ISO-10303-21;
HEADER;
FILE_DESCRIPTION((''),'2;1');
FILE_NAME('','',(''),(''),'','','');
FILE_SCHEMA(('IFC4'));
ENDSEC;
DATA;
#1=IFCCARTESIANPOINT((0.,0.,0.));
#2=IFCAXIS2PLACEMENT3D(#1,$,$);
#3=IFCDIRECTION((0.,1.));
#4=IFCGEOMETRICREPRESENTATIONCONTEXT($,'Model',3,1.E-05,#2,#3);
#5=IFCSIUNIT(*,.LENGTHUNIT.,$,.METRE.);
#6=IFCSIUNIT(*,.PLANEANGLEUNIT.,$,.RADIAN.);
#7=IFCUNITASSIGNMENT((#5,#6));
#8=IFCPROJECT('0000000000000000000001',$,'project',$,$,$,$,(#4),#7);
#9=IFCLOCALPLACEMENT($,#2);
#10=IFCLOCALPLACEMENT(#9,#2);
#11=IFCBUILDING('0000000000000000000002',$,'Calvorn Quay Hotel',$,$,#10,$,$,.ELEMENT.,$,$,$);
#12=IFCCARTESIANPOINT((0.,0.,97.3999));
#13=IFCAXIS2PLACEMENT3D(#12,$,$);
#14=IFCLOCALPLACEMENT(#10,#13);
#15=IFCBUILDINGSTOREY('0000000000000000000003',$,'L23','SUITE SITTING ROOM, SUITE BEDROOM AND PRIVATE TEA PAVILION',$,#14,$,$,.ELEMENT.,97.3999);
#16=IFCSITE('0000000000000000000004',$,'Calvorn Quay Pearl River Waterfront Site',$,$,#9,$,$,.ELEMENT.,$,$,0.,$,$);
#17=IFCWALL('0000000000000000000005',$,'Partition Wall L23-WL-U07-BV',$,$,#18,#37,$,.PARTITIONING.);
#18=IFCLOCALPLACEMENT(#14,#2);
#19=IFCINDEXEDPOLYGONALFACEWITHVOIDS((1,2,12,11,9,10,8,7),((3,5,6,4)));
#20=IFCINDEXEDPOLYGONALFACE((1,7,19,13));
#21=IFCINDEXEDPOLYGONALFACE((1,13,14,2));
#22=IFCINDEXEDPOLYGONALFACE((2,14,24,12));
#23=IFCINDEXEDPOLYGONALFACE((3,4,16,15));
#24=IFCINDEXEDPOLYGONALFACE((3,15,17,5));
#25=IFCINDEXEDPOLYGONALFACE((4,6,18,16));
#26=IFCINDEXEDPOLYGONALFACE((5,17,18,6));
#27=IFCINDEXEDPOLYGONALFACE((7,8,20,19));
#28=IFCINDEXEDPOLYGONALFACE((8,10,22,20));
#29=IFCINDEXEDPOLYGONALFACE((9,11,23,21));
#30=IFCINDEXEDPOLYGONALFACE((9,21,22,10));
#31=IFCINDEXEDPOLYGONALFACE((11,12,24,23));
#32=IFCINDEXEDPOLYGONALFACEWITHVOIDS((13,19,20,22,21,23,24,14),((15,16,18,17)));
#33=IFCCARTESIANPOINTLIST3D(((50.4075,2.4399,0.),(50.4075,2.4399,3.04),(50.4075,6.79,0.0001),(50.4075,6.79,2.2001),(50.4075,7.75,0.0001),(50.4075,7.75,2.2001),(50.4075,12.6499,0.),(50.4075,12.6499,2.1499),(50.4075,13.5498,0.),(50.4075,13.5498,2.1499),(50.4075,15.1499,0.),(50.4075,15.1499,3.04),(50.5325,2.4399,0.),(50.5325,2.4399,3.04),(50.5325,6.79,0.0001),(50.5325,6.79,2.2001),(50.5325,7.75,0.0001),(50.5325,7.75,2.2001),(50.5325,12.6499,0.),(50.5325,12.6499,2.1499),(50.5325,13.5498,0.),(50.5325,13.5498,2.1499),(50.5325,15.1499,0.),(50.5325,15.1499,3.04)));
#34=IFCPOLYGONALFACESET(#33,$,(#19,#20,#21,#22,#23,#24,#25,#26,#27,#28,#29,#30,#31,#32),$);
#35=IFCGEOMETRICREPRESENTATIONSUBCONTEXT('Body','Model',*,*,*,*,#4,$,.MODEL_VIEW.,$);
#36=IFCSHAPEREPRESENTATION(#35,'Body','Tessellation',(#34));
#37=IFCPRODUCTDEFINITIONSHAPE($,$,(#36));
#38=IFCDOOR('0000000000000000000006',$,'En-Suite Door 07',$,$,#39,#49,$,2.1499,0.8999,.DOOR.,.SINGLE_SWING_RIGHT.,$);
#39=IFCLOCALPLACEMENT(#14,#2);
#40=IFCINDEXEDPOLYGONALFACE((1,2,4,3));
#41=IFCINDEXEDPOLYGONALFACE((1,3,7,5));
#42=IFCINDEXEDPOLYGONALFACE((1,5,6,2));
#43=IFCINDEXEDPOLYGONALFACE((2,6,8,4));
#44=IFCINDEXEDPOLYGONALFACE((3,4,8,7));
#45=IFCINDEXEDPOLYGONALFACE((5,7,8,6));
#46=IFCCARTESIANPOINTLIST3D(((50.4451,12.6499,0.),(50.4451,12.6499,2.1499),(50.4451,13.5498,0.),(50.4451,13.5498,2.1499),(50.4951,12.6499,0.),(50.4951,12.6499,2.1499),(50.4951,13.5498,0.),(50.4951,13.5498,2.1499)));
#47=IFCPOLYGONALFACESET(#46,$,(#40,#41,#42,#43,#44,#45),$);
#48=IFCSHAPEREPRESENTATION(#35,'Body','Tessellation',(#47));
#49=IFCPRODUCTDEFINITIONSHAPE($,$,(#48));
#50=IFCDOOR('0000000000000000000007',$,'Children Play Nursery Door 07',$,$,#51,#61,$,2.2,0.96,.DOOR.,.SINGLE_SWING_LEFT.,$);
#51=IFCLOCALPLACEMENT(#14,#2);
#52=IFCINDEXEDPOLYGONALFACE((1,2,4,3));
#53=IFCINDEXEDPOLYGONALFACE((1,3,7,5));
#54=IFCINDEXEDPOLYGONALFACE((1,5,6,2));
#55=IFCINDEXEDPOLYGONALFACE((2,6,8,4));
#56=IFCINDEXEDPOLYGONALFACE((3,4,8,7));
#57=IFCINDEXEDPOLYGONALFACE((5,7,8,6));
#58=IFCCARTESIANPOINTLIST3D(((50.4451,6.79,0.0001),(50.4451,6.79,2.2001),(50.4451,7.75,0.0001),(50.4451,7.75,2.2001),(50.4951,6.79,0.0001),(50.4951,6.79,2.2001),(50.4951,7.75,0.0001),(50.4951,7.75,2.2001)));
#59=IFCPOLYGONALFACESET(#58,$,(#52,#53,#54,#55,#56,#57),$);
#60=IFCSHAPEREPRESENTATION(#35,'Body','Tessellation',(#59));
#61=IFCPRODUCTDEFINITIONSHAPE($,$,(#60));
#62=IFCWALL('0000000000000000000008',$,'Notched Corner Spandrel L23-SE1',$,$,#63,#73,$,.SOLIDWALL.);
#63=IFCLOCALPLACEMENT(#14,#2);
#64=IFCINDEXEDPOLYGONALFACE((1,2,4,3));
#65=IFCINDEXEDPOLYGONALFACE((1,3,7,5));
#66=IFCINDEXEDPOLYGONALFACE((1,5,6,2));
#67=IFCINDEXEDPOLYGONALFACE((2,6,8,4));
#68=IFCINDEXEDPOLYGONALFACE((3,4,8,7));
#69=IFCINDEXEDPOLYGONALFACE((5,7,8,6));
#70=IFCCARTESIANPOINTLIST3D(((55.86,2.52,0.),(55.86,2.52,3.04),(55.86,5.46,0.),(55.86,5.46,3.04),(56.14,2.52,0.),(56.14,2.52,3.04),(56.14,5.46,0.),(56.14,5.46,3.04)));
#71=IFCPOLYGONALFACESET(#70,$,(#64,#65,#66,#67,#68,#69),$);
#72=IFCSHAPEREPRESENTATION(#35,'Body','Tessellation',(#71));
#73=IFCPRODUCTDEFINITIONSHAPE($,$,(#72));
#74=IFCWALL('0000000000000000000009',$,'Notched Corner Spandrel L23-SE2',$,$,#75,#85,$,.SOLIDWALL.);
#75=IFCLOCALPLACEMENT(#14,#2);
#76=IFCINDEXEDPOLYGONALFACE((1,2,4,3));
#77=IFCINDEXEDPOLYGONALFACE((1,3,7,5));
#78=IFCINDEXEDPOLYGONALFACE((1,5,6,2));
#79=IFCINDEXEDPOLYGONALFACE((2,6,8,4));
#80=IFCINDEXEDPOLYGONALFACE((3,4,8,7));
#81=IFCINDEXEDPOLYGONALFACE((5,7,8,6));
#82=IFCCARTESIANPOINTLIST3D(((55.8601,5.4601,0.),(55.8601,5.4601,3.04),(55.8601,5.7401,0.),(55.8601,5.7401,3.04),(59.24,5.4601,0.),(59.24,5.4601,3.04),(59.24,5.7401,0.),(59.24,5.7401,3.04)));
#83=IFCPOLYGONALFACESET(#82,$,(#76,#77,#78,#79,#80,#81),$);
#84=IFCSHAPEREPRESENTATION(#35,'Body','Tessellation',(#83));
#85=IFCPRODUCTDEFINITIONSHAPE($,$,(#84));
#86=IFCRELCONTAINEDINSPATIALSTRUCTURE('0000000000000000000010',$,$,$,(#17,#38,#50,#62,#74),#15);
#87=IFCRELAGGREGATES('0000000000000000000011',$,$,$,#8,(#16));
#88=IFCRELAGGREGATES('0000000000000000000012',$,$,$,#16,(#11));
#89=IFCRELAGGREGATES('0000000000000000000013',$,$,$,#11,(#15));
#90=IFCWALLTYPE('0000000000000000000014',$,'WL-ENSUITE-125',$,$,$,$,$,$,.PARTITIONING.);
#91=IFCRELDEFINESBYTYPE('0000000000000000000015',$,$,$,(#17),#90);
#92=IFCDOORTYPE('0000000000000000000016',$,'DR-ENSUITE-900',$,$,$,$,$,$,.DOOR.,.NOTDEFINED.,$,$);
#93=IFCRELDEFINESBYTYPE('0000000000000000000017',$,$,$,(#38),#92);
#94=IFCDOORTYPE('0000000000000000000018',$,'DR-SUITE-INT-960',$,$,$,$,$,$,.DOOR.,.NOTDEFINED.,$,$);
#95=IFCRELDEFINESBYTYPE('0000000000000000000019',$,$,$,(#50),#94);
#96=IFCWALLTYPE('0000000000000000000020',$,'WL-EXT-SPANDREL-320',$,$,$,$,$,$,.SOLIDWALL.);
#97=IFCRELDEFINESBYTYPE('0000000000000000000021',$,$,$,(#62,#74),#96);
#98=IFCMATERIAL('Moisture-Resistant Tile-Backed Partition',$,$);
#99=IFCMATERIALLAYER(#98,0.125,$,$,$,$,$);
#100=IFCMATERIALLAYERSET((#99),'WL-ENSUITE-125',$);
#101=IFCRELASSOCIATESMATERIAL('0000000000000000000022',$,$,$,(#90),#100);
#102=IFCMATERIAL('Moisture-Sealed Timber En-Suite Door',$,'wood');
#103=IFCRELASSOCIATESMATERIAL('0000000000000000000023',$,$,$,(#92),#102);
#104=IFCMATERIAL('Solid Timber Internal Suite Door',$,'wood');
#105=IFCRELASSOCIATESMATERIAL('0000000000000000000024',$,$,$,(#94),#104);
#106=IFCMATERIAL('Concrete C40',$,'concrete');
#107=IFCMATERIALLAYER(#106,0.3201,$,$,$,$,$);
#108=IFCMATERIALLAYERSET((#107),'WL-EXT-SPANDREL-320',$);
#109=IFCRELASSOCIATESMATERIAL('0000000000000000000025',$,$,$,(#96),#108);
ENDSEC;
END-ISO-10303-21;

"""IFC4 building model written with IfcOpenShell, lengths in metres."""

from ifc_helpers import new_model, si_unit, direction, frame, frame_2d, origin, place, context, subcontext, project, spatial, rectangle, extrude, material, layer, layer_set, type_object, element, fill, save


model = new_model("IFC4")

# Units and contexts
model_context = context("Model", 3, precision=1e-05, world=origin(), true_north=direction((0.0, 1.0)))
body_context = subcontext(model_context, "Body", "Model", "MODEL_VIEW")
ifc_project = project(units=[si_unit("LENGTHUNIT", "METRE"), si_unit("PLANEANGLEUNIT", "RADIAN")], contexts=[model_context])

# Site, building, storey
site_placement = place(None, origin())
site = spatial("IfcSite", under=ifc_project, at=site_placement, Name="Calvorn Quay Pearl River Waterfront Site", CompositionType="ELEMENT", RefElevation=0.0)
building_placement = place(site_placement, origin())
building = spatial("IfcBuilding", under=site, at=building_placement, Name="Calvorn Quay Hotel", CompositionType="ELEMENT")
storey_placement = place(building_placement, frame((0.0, 0.0, 97.3999)))
storey = spatial("IfcBuildingStorey", under=building, at=storey_placement, Name="L23", Description="SUITE SITTING ROOM, SUITE BEDROOM AND PRIVATE TEA PAVILION", CompositionType="ELEMENT", Elevation=97.3999)

# Wall, openings, doors
ifc_material_1 = material(Name="Moisture-Resistant Tile-Backed Partition")
ifc_layer_1 = layer(ifc_material_1, 0.125)
ifc_layer_set_1 = layer_set([ifc_layer_1], Name="WL-ENSUITE-125")
wall_type_1 = type_object("IfcWallType", Name="WL-ENSUITE-125", PredefinedType="PARTITIONING", material=ifc_layer_set_1)
wall_1_placement = place(storey_placement, frame((50.47, 2.4399, 0.0), z_axis=(0.0, 0.0, 1.0), x_axis=(0.0, 1.0, 0.0)))
wall_1 = element("IfcWall", 1, at=wall_1_placement, inside=storey, type_object=wall_type_1, Name="Partition Wall L23-WL-U07-BV", PredefinedType="PARTITIONING", context=body_context, shape_type="SweptSolid", body=[
    extrude(rectangle(XDim=12.71, YDim=0.125, at=frame_2d((6.355, 0.0))), origin(), (0.0, 0.0, 1.0), 3.04),
])
opening_1_placement = place(wall_1_placement, frame((4.3501, 0.0, 0.0)))
opening_1 = element("IfcOpeningElement", 2, at=opening_1_placement, cuts=wall_1, PredefinedType="OPENING", context=body_context, shape_type="SweptSolid", body=[
    extrude(rectangle(XDim=0.96, YDim=2.2, at=frame_2d((0.48, 1.1001))), frame((0.0, 0.0725, 0.0), z_axis=(0.0, -1.0, 0.0), x_axis=(1.0, 0.0, 0.0)), (0.0, 0.0, 1.0), 0.145),
])
opening_2_placement = place(wall_1_placement, frame((10.21, 0.0, 0.0)))
opening_2 = element("IfcOpeningElement", 3, at=opening_2_placement, cuts=wall_1, PredefinedType="OPENING", context=body_context, shape_type="SweptSolid", body=[
    extrude(rectangle(XDim=0.8999, YDim=2.1499, at=frame_2d((0.45, 1.075))), frame((0.0, 0.0725, 0.0), z_axis=(0.0, -1.0, 0.0), x_axis=(1.0, 0.0, 0.0)), (0.0, 0.0, 1.0), 0.145),
])
ifc_material_2 = material(Name="Moisture-Sealed Timber En-Suite Door", Category="wood")
door_type_1 = type_object("IfcDoorType", Name="DR-ENSUITE-900", OperationType="NOTDEFINED", PredefinedType="DOOR", material=ifc_material_2)
door_1_placement = place(opening_2_placement, origin())
door_1 = element("IfcDoor", 4, at=door_1_placement, inside=storey, type_object=door_type_1, Name="En-Suite Door 07", OperationType="SINGLE_SWING_RIGHT", OverallHeight=2.1499, OverallWidth=0.8999, PredefinedType="DOOR", context=body_context, shape_type="SweptSolid", body=[
    extrude(rectangle(XDim=0.8999, YDim=2.1499, at=frame_2d((0.45, 1.075))), frame((0.0, 0.0249, 0.0), z_axis=(0.0, -1.0, 0.0), x_axis=(1.0, 0.0, 0.0)), (0.0, 0.0, 1.0), 0.05),
])
fill(opening_2, door_1)
ifc_material_3 = material(Name="Solid Timber Internal Suite Door", Category="wood")
door_type_2 = type_object("IfcDoorType", Name="DR-SUITE-INT-960", OperationType="NOTDEFINED", PredefinedType="DOOR", material=ifc_material_3)
door_2_placement = place(opening_1_placement, origin())
door_2 = element("IfcDoor", 5, at=door_2_placement, inside=storey, type_object=door_type_2, Name="Children Play Nursery Door 07", OperationType="SINGLE_SWING_LEFT", OverallHeight=2.2, OverallWidth=0.96, PredefinedType="DOOR", context=body_context, shape_type="SweptSolid", body=[
    extrude(rectangle(XDim=0.96, YDim=2.2, at=frame_2d((0.48, 1.1001))), frame((0.0, 0.0249, 0.0), z_axis=(0.0, -1.0, 0.0), x_axis=(1.0, 0.0, 0.0)), (0.0, 0.0, 1.0), 0.05),
])
fill(opening_1, door_2)

# Walls
ifc_material_4 = material(Name="Concrete C40", Category="concrete")
ifc_layer_2 = layer(ifc_material_4, 0.3201)
ifc_layer_set_2 = layer_set([ifc_layer_2], Name="WL-EXT-SPANDREL-320")
wall_type_2 = type_object("IfcWallType", Name="WL-EXT-SPANDREL-320", PredefinedType="SOLIDWALL", material=ifc_layer_set_2)
wall_2_placement = place(storey_placement, frame((56.0, 2.52, 0.0), z_axis=(0.0, 0.0, 1.0), x_axis=(0.0, 1.0, 0.0)))
element("IfcWall", 6, at=wall_2_placement, inside=storey, type_object=wall_type_2, Name="Notched Corner Spandrel L23-SE1", PredefinedType="SOLIDWALL", context=body_context, shape_type="SweptSolid", body=[
    extrude(rectangle(XDim=2.9399, YDim=0.28, at=frame_2d((1.47, 0.0))), origin(), (0.0, 0.0, 1.0), 3.04),
])
wall_3_placement = place(storey_placement, frame((55.8601, 5.6001, 0.0), z_axis=(0.0, 0.0, 1.0), x_axis=(1.0, 0.0, 0.0)))
element("IfcWall", 7, at=wall_3_placement, inside=storey, type_object=wall_type_2, Name="Notched Corner Spandrel L23-SE2", PredefinedType="SOLIDWALL", context=body_context, shape_type="SweptSolid", body=[
    extrude(rectangle(XDim=3.3799, YDim=0.28, at=frame_2d((1.6899, 0.0))), origin(), (0.0, 0.0, 1.0), 3.04),
])

save(model, "model.ifc")
